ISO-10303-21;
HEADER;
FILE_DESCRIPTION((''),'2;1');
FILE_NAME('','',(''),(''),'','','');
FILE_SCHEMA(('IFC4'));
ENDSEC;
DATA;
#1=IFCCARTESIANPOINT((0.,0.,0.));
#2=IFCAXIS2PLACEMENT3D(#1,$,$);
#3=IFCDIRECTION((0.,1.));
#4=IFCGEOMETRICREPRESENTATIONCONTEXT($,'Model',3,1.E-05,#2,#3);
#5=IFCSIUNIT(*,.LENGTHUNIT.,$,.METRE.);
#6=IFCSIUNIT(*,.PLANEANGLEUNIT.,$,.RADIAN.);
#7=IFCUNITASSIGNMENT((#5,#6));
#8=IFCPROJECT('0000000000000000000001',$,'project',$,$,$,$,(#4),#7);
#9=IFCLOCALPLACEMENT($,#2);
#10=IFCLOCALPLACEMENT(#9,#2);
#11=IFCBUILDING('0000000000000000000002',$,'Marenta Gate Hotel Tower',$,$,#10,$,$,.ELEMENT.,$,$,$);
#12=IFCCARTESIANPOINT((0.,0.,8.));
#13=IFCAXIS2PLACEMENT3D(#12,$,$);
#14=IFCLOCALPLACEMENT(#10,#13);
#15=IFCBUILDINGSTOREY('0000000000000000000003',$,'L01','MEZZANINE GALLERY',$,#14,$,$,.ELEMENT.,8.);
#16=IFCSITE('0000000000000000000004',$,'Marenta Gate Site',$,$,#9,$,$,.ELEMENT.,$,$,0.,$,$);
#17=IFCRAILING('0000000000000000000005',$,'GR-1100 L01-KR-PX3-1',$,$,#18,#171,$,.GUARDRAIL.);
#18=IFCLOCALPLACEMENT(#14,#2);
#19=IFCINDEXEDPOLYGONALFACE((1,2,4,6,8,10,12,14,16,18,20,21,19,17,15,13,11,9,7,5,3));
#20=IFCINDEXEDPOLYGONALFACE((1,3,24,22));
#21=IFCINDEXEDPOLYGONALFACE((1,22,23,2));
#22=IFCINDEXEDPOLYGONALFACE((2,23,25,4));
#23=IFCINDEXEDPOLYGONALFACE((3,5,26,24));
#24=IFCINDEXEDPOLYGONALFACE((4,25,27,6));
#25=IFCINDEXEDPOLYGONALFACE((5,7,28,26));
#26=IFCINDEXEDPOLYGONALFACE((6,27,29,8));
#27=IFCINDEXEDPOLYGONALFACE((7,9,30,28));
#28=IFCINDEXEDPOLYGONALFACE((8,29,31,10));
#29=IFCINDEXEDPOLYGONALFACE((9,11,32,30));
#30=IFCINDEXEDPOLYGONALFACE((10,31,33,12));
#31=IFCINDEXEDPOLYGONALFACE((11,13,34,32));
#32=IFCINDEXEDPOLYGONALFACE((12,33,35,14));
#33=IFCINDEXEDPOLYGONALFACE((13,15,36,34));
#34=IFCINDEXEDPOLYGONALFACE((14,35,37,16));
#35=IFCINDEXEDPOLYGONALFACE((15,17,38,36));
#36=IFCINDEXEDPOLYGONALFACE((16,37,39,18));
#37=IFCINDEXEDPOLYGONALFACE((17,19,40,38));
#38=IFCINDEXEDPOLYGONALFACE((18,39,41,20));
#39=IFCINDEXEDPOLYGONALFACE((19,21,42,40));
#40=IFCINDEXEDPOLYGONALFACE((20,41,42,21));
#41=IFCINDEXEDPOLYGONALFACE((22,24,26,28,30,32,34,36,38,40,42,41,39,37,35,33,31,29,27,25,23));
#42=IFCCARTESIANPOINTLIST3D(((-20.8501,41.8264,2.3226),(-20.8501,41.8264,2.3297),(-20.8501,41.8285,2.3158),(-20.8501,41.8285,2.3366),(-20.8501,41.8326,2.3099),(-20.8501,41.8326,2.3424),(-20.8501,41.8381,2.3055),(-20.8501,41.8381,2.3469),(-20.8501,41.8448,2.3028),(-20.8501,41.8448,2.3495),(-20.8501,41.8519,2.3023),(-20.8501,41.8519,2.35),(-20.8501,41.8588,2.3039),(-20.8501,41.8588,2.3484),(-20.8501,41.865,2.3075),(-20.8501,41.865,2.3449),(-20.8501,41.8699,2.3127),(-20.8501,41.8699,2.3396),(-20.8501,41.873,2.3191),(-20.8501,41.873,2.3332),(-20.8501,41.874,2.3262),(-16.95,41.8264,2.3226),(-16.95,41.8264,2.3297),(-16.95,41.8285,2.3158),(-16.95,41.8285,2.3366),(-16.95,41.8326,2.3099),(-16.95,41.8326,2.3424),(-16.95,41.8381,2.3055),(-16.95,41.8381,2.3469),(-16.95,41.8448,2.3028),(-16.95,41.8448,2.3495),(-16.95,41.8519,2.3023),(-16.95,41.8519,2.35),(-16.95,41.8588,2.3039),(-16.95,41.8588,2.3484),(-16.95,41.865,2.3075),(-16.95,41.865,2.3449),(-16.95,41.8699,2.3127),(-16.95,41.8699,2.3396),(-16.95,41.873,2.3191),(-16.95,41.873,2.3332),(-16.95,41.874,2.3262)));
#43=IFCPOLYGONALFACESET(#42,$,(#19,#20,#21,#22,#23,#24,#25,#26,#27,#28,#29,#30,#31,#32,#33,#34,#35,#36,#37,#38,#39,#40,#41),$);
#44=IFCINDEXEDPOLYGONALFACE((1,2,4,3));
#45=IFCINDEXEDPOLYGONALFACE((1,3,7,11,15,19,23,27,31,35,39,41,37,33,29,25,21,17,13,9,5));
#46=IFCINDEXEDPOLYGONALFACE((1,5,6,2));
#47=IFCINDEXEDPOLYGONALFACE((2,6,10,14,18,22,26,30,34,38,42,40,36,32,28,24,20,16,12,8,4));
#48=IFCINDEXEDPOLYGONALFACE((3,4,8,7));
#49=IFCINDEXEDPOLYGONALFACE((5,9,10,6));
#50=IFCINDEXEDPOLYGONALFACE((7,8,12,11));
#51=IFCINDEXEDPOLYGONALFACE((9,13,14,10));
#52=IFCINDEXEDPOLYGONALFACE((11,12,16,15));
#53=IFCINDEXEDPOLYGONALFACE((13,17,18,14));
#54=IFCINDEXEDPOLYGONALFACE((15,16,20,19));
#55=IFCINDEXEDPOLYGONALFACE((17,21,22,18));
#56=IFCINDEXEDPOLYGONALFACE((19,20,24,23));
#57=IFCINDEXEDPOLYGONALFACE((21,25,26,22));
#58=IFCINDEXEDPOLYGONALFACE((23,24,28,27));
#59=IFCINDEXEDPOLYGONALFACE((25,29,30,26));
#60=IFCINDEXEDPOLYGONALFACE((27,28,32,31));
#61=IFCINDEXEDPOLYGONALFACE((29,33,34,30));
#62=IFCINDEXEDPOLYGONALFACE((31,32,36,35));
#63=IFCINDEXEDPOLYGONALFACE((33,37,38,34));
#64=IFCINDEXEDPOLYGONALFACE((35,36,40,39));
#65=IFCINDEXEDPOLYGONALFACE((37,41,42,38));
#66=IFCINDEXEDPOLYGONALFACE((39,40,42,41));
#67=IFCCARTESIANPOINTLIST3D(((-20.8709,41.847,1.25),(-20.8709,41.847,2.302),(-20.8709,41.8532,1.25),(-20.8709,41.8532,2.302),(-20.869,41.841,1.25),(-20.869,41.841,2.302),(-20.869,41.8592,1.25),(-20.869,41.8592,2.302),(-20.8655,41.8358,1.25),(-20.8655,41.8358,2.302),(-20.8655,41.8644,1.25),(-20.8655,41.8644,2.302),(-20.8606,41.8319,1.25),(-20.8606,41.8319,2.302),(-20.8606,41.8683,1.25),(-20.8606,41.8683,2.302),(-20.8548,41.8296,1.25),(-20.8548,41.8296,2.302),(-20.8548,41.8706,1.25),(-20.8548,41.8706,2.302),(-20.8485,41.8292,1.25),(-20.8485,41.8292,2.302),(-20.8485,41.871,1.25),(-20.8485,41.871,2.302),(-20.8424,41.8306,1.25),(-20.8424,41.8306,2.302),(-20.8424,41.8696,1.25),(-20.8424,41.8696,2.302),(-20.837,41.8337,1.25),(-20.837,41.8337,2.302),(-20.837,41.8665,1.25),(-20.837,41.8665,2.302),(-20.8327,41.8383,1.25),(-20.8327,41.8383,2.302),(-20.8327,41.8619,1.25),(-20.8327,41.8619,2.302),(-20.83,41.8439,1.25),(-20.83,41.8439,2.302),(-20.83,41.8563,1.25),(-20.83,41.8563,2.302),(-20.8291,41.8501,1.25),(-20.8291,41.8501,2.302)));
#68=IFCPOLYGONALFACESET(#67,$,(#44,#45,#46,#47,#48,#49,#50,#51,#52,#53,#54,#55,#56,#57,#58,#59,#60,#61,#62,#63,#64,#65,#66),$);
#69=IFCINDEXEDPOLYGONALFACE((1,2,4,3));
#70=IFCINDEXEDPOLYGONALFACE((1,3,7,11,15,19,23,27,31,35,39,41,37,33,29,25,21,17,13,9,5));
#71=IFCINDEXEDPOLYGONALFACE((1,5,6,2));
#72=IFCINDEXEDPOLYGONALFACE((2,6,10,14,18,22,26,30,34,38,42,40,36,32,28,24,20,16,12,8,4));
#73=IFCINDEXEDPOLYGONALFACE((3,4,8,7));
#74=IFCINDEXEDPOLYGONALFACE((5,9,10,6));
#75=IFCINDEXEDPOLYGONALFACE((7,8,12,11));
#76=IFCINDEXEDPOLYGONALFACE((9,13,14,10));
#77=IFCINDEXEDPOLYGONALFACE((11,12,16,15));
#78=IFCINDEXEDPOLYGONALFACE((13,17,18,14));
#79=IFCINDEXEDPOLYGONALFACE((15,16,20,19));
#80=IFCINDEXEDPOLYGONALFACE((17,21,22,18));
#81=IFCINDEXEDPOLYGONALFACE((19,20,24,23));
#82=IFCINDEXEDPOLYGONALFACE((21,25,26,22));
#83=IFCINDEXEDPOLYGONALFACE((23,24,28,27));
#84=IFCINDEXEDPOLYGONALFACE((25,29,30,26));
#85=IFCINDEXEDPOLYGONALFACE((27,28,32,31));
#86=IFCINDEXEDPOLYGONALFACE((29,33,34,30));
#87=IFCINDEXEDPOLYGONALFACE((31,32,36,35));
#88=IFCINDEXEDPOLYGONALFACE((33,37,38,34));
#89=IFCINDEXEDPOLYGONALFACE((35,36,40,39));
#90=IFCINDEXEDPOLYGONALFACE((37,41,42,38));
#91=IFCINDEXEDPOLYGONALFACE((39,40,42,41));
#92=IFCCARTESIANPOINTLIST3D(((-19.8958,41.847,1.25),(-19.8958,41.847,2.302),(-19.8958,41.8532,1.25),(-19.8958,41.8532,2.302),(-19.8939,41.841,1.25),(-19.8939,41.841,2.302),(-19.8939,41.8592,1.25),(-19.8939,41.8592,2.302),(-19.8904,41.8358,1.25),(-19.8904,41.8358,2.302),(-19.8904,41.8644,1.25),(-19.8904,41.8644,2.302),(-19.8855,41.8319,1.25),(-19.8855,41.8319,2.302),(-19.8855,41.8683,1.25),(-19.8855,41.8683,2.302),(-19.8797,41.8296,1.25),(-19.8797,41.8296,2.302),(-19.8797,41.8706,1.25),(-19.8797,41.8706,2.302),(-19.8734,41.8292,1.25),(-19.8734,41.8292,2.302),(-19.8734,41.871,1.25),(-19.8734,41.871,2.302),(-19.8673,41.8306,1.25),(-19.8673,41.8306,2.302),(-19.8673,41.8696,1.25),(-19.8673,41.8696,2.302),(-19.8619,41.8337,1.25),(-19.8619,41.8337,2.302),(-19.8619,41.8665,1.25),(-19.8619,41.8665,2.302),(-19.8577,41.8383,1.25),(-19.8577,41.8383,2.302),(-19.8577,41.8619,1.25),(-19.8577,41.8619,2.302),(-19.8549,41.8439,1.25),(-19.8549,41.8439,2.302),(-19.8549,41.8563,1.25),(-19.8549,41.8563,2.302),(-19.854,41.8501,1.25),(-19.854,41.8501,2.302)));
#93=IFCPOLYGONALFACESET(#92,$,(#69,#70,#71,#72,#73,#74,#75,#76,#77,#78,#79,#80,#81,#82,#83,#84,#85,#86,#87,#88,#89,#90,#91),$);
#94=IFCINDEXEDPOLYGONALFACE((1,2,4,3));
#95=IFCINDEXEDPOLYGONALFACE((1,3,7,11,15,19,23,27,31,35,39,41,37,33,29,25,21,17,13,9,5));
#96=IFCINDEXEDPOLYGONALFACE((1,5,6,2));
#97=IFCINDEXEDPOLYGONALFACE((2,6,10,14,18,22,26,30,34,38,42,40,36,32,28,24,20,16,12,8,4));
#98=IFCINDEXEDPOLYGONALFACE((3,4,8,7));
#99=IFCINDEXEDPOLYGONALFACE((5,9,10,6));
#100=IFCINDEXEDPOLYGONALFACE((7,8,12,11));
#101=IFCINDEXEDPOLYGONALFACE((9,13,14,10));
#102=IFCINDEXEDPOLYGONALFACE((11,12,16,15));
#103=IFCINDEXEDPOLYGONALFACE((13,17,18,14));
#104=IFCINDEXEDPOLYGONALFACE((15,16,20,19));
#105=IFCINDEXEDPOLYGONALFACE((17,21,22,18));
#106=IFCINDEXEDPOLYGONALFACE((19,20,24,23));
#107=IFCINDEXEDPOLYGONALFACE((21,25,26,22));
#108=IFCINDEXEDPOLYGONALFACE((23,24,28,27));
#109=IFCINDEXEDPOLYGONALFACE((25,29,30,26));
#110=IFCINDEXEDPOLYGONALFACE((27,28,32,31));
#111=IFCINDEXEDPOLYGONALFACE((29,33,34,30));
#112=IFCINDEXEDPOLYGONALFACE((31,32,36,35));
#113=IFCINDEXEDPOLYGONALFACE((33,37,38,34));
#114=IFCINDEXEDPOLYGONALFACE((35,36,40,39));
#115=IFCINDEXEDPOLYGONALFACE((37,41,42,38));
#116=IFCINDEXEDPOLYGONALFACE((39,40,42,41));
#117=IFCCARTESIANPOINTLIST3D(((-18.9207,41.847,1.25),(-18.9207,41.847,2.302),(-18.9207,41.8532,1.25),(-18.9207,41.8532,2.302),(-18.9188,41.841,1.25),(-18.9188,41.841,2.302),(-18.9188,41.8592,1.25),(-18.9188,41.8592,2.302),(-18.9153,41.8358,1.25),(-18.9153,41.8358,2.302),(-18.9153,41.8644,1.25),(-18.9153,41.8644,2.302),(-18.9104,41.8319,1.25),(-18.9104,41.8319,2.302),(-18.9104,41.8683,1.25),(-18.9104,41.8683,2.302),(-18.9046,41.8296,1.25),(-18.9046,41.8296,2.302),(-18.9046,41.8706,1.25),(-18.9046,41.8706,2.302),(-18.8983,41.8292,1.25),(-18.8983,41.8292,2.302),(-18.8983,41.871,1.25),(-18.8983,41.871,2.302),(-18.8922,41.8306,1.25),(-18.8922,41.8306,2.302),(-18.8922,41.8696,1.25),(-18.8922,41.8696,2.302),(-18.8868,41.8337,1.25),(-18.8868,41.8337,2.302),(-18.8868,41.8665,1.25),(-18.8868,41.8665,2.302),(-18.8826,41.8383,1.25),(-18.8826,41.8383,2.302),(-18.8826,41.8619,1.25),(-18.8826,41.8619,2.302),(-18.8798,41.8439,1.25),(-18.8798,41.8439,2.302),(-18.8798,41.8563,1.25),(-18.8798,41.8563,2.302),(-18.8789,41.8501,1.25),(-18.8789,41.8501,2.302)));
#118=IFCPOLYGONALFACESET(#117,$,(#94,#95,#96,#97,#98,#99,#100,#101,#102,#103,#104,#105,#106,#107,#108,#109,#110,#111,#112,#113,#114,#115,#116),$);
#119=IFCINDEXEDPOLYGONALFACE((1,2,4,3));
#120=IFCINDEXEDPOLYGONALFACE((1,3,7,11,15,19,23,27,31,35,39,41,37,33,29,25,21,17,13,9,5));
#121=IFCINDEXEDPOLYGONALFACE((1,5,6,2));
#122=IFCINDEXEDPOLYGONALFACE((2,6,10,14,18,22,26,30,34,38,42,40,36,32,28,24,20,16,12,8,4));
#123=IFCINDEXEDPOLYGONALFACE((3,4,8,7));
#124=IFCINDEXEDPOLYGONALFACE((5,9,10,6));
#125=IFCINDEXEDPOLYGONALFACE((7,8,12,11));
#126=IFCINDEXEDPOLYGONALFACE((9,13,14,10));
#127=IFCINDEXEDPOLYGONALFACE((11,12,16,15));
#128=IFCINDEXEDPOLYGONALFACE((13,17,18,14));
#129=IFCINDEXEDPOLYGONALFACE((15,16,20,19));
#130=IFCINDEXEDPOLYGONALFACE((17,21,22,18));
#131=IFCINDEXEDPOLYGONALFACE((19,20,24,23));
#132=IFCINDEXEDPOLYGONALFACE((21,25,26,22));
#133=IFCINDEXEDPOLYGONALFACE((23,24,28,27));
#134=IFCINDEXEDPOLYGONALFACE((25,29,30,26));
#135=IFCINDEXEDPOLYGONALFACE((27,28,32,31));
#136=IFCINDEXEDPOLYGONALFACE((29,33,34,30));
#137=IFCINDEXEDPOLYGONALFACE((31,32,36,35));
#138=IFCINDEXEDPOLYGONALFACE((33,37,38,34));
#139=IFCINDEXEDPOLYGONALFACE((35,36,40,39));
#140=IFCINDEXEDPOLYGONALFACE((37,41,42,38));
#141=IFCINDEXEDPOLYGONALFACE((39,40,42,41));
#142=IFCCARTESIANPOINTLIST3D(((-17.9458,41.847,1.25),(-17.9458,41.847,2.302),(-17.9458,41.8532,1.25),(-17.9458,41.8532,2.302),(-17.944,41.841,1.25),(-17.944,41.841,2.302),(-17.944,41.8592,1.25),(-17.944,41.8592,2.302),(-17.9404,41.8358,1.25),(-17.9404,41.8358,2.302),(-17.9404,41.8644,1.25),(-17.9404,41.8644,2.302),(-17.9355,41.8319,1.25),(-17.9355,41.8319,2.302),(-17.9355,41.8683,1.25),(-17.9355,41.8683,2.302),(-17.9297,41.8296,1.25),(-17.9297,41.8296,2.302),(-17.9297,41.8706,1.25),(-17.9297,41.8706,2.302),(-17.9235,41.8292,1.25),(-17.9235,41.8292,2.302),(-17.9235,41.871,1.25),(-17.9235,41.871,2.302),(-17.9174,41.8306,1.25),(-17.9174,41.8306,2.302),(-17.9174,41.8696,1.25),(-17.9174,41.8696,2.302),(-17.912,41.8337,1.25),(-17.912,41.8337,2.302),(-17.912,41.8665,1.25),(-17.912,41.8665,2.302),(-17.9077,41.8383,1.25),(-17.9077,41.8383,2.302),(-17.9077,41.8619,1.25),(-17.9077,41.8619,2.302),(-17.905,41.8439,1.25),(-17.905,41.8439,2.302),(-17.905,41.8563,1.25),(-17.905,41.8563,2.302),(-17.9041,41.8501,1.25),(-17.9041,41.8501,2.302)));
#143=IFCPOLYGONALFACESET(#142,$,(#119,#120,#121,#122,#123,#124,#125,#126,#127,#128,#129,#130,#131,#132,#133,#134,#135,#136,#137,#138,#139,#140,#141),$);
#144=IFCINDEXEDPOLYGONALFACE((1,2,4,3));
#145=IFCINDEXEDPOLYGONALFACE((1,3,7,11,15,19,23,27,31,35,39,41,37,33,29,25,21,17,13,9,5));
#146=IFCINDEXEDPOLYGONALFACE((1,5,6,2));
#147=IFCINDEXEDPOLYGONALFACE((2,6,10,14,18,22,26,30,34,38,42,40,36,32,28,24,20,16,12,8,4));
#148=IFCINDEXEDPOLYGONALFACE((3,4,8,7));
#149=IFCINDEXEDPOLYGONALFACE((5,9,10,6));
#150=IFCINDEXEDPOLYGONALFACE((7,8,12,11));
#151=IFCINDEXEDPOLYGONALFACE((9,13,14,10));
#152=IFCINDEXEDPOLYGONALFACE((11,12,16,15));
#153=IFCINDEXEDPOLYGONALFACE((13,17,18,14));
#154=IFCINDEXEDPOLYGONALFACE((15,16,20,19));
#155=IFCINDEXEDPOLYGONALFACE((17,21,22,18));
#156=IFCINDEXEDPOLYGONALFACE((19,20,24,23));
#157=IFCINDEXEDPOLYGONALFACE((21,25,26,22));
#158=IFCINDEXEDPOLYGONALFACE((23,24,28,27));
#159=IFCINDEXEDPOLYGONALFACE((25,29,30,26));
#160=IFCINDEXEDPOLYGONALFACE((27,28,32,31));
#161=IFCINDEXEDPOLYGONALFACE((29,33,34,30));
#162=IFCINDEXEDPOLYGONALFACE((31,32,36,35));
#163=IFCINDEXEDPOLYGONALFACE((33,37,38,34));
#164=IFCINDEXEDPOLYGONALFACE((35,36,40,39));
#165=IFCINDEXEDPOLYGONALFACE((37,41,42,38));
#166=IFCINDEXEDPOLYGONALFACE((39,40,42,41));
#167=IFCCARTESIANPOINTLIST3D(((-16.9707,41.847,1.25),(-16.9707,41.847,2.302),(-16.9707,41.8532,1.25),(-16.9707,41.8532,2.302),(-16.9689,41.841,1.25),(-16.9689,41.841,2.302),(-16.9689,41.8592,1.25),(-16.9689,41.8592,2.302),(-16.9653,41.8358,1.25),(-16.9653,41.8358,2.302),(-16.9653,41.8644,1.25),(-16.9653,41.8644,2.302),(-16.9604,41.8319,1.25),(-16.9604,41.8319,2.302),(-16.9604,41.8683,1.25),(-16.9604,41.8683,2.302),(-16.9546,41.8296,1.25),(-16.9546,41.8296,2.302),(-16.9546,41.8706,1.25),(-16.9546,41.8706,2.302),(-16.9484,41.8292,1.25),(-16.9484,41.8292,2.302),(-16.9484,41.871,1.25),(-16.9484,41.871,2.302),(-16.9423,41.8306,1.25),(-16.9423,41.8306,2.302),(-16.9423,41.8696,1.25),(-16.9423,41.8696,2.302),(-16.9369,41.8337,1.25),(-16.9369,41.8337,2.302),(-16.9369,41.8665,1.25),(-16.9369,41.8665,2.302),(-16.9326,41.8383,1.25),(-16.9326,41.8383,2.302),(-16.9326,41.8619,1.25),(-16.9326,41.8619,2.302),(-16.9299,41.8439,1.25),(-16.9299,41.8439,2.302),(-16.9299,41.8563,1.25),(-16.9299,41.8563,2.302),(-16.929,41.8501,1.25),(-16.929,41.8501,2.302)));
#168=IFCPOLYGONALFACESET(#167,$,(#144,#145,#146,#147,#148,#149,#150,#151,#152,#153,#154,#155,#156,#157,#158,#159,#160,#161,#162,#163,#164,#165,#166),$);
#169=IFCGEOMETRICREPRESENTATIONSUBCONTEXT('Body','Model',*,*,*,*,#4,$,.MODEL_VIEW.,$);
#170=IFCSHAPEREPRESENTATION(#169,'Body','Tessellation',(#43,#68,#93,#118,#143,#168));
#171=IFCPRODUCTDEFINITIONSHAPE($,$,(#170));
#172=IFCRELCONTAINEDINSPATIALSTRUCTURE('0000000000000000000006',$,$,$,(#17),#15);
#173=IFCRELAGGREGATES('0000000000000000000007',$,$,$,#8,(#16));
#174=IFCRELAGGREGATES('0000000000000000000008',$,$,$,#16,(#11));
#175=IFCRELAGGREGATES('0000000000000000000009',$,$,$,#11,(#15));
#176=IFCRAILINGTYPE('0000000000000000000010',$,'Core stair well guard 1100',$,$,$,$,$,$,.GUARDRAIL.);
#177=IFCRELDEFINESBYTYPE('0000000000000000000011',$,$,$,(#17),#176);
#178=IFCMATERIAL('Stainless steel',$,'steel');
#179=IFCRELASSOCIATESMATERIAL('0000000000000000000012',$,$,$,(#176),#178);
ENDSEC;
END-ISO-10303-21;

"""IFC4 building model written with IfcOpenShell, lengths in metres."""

from ifc_helpers import new_model, si_unit, direction, frame, origin, origin_2d, place, context, subcontext, project, spatial, circle, extrude, material, type_object, element, save


model = new_model("IFC4")

# Units and contexts
model_context = context("Model", 3, precision=1e-05, world=origin(), true_north=direction((0.0, 1.0)))
body_context = subcontext(model_context, "Body", "Model", "MODEL_VIEW")
ifc_project = project(units=[si_unit("LENGTHUNIT", "METRE"), si_unit("PLANEANGLEUNIT", "RADIAN")], contexts=[model_context])

# Site, building, storey
site_placement = place(None, origin())
site = spatial("IfcSite", under=ifc_project, at=site_placement, Name="Marenta Gate Site", CompositionType="ELEMENT", RefElevation=0.0)
building_placement = place(site_placement, origin())
building = spatial("IfcBuilding", under=site, at=building_placement, Name="Marenta Gate Hotel Tower", CompositionType="ELEMENT")
storey_placement = place(building_placement, frame((0.0, 0.0, 8.0)))
storey = spatial("IfcBuildingStorey", under=building, at=storey_placement, Name="L01", Description="MEZZANINE GALLERY", CompositionType="ELEMENT", Elevation=8.0)

# Railing
ifc_material_1 = material(Name="Stainless steel", Category="steel")
railing_type_1 = type_object("IfcRailingType", Name="Core stair well guard 1100", PredefinedType="GUARDRAIL", material=ifc_material_1)
for number, where, name in (
    (1, (-20.8501, 41.8501, 1.25), "GR-1100 L01-KR-PX3-1"),
):
    element("IfcRailing", number, at=place(storey_placement, frame(where)), inside=storey, type_object=railing_type_1, Name=name, PredefinedType="GUARDRAIL", context=body_context, shape_type="SweptSolid", body=[
        extrude(circle(Radius=0.0239, at=origin_2d()), frame((0.0, 0.0, 1.0762), z_axis=(1.0, 0.0, 0.0), x_axis=(0.0, 1.0, 0.0)), (0.0, 0.0, 1.0), 3.9001),
        extrude(circle(Radius=0.021, at=origin_2d()), origin(), (0.0, 0.0, 1.0), 1.052),
        extrude(circle(Radius=0.021, at=origin_2d()), frame((0.9751, 0.0, 0.0)), (0.0, 0.0, 1.0), 1.052),
        extrude(circle(Radius=0.021, at=origin_2d()), frame((1.9502, 0.0, 0.0)), (0.0, 0.0, 1.0), 1.052),
        extrude(circle(Radius=0.021, at=origin_2d()), frame((2.925, 0.0, 0.0)), (0.0, 0.0, 1.0), 1.052),
        extrude(circle(Radius=0.021, at=origin_2d()), frame((3.9001, 0.0, 0.0)), (0.0, 0.0, 1.0), 1.052),
    ])

save(model, "model.ifc")
